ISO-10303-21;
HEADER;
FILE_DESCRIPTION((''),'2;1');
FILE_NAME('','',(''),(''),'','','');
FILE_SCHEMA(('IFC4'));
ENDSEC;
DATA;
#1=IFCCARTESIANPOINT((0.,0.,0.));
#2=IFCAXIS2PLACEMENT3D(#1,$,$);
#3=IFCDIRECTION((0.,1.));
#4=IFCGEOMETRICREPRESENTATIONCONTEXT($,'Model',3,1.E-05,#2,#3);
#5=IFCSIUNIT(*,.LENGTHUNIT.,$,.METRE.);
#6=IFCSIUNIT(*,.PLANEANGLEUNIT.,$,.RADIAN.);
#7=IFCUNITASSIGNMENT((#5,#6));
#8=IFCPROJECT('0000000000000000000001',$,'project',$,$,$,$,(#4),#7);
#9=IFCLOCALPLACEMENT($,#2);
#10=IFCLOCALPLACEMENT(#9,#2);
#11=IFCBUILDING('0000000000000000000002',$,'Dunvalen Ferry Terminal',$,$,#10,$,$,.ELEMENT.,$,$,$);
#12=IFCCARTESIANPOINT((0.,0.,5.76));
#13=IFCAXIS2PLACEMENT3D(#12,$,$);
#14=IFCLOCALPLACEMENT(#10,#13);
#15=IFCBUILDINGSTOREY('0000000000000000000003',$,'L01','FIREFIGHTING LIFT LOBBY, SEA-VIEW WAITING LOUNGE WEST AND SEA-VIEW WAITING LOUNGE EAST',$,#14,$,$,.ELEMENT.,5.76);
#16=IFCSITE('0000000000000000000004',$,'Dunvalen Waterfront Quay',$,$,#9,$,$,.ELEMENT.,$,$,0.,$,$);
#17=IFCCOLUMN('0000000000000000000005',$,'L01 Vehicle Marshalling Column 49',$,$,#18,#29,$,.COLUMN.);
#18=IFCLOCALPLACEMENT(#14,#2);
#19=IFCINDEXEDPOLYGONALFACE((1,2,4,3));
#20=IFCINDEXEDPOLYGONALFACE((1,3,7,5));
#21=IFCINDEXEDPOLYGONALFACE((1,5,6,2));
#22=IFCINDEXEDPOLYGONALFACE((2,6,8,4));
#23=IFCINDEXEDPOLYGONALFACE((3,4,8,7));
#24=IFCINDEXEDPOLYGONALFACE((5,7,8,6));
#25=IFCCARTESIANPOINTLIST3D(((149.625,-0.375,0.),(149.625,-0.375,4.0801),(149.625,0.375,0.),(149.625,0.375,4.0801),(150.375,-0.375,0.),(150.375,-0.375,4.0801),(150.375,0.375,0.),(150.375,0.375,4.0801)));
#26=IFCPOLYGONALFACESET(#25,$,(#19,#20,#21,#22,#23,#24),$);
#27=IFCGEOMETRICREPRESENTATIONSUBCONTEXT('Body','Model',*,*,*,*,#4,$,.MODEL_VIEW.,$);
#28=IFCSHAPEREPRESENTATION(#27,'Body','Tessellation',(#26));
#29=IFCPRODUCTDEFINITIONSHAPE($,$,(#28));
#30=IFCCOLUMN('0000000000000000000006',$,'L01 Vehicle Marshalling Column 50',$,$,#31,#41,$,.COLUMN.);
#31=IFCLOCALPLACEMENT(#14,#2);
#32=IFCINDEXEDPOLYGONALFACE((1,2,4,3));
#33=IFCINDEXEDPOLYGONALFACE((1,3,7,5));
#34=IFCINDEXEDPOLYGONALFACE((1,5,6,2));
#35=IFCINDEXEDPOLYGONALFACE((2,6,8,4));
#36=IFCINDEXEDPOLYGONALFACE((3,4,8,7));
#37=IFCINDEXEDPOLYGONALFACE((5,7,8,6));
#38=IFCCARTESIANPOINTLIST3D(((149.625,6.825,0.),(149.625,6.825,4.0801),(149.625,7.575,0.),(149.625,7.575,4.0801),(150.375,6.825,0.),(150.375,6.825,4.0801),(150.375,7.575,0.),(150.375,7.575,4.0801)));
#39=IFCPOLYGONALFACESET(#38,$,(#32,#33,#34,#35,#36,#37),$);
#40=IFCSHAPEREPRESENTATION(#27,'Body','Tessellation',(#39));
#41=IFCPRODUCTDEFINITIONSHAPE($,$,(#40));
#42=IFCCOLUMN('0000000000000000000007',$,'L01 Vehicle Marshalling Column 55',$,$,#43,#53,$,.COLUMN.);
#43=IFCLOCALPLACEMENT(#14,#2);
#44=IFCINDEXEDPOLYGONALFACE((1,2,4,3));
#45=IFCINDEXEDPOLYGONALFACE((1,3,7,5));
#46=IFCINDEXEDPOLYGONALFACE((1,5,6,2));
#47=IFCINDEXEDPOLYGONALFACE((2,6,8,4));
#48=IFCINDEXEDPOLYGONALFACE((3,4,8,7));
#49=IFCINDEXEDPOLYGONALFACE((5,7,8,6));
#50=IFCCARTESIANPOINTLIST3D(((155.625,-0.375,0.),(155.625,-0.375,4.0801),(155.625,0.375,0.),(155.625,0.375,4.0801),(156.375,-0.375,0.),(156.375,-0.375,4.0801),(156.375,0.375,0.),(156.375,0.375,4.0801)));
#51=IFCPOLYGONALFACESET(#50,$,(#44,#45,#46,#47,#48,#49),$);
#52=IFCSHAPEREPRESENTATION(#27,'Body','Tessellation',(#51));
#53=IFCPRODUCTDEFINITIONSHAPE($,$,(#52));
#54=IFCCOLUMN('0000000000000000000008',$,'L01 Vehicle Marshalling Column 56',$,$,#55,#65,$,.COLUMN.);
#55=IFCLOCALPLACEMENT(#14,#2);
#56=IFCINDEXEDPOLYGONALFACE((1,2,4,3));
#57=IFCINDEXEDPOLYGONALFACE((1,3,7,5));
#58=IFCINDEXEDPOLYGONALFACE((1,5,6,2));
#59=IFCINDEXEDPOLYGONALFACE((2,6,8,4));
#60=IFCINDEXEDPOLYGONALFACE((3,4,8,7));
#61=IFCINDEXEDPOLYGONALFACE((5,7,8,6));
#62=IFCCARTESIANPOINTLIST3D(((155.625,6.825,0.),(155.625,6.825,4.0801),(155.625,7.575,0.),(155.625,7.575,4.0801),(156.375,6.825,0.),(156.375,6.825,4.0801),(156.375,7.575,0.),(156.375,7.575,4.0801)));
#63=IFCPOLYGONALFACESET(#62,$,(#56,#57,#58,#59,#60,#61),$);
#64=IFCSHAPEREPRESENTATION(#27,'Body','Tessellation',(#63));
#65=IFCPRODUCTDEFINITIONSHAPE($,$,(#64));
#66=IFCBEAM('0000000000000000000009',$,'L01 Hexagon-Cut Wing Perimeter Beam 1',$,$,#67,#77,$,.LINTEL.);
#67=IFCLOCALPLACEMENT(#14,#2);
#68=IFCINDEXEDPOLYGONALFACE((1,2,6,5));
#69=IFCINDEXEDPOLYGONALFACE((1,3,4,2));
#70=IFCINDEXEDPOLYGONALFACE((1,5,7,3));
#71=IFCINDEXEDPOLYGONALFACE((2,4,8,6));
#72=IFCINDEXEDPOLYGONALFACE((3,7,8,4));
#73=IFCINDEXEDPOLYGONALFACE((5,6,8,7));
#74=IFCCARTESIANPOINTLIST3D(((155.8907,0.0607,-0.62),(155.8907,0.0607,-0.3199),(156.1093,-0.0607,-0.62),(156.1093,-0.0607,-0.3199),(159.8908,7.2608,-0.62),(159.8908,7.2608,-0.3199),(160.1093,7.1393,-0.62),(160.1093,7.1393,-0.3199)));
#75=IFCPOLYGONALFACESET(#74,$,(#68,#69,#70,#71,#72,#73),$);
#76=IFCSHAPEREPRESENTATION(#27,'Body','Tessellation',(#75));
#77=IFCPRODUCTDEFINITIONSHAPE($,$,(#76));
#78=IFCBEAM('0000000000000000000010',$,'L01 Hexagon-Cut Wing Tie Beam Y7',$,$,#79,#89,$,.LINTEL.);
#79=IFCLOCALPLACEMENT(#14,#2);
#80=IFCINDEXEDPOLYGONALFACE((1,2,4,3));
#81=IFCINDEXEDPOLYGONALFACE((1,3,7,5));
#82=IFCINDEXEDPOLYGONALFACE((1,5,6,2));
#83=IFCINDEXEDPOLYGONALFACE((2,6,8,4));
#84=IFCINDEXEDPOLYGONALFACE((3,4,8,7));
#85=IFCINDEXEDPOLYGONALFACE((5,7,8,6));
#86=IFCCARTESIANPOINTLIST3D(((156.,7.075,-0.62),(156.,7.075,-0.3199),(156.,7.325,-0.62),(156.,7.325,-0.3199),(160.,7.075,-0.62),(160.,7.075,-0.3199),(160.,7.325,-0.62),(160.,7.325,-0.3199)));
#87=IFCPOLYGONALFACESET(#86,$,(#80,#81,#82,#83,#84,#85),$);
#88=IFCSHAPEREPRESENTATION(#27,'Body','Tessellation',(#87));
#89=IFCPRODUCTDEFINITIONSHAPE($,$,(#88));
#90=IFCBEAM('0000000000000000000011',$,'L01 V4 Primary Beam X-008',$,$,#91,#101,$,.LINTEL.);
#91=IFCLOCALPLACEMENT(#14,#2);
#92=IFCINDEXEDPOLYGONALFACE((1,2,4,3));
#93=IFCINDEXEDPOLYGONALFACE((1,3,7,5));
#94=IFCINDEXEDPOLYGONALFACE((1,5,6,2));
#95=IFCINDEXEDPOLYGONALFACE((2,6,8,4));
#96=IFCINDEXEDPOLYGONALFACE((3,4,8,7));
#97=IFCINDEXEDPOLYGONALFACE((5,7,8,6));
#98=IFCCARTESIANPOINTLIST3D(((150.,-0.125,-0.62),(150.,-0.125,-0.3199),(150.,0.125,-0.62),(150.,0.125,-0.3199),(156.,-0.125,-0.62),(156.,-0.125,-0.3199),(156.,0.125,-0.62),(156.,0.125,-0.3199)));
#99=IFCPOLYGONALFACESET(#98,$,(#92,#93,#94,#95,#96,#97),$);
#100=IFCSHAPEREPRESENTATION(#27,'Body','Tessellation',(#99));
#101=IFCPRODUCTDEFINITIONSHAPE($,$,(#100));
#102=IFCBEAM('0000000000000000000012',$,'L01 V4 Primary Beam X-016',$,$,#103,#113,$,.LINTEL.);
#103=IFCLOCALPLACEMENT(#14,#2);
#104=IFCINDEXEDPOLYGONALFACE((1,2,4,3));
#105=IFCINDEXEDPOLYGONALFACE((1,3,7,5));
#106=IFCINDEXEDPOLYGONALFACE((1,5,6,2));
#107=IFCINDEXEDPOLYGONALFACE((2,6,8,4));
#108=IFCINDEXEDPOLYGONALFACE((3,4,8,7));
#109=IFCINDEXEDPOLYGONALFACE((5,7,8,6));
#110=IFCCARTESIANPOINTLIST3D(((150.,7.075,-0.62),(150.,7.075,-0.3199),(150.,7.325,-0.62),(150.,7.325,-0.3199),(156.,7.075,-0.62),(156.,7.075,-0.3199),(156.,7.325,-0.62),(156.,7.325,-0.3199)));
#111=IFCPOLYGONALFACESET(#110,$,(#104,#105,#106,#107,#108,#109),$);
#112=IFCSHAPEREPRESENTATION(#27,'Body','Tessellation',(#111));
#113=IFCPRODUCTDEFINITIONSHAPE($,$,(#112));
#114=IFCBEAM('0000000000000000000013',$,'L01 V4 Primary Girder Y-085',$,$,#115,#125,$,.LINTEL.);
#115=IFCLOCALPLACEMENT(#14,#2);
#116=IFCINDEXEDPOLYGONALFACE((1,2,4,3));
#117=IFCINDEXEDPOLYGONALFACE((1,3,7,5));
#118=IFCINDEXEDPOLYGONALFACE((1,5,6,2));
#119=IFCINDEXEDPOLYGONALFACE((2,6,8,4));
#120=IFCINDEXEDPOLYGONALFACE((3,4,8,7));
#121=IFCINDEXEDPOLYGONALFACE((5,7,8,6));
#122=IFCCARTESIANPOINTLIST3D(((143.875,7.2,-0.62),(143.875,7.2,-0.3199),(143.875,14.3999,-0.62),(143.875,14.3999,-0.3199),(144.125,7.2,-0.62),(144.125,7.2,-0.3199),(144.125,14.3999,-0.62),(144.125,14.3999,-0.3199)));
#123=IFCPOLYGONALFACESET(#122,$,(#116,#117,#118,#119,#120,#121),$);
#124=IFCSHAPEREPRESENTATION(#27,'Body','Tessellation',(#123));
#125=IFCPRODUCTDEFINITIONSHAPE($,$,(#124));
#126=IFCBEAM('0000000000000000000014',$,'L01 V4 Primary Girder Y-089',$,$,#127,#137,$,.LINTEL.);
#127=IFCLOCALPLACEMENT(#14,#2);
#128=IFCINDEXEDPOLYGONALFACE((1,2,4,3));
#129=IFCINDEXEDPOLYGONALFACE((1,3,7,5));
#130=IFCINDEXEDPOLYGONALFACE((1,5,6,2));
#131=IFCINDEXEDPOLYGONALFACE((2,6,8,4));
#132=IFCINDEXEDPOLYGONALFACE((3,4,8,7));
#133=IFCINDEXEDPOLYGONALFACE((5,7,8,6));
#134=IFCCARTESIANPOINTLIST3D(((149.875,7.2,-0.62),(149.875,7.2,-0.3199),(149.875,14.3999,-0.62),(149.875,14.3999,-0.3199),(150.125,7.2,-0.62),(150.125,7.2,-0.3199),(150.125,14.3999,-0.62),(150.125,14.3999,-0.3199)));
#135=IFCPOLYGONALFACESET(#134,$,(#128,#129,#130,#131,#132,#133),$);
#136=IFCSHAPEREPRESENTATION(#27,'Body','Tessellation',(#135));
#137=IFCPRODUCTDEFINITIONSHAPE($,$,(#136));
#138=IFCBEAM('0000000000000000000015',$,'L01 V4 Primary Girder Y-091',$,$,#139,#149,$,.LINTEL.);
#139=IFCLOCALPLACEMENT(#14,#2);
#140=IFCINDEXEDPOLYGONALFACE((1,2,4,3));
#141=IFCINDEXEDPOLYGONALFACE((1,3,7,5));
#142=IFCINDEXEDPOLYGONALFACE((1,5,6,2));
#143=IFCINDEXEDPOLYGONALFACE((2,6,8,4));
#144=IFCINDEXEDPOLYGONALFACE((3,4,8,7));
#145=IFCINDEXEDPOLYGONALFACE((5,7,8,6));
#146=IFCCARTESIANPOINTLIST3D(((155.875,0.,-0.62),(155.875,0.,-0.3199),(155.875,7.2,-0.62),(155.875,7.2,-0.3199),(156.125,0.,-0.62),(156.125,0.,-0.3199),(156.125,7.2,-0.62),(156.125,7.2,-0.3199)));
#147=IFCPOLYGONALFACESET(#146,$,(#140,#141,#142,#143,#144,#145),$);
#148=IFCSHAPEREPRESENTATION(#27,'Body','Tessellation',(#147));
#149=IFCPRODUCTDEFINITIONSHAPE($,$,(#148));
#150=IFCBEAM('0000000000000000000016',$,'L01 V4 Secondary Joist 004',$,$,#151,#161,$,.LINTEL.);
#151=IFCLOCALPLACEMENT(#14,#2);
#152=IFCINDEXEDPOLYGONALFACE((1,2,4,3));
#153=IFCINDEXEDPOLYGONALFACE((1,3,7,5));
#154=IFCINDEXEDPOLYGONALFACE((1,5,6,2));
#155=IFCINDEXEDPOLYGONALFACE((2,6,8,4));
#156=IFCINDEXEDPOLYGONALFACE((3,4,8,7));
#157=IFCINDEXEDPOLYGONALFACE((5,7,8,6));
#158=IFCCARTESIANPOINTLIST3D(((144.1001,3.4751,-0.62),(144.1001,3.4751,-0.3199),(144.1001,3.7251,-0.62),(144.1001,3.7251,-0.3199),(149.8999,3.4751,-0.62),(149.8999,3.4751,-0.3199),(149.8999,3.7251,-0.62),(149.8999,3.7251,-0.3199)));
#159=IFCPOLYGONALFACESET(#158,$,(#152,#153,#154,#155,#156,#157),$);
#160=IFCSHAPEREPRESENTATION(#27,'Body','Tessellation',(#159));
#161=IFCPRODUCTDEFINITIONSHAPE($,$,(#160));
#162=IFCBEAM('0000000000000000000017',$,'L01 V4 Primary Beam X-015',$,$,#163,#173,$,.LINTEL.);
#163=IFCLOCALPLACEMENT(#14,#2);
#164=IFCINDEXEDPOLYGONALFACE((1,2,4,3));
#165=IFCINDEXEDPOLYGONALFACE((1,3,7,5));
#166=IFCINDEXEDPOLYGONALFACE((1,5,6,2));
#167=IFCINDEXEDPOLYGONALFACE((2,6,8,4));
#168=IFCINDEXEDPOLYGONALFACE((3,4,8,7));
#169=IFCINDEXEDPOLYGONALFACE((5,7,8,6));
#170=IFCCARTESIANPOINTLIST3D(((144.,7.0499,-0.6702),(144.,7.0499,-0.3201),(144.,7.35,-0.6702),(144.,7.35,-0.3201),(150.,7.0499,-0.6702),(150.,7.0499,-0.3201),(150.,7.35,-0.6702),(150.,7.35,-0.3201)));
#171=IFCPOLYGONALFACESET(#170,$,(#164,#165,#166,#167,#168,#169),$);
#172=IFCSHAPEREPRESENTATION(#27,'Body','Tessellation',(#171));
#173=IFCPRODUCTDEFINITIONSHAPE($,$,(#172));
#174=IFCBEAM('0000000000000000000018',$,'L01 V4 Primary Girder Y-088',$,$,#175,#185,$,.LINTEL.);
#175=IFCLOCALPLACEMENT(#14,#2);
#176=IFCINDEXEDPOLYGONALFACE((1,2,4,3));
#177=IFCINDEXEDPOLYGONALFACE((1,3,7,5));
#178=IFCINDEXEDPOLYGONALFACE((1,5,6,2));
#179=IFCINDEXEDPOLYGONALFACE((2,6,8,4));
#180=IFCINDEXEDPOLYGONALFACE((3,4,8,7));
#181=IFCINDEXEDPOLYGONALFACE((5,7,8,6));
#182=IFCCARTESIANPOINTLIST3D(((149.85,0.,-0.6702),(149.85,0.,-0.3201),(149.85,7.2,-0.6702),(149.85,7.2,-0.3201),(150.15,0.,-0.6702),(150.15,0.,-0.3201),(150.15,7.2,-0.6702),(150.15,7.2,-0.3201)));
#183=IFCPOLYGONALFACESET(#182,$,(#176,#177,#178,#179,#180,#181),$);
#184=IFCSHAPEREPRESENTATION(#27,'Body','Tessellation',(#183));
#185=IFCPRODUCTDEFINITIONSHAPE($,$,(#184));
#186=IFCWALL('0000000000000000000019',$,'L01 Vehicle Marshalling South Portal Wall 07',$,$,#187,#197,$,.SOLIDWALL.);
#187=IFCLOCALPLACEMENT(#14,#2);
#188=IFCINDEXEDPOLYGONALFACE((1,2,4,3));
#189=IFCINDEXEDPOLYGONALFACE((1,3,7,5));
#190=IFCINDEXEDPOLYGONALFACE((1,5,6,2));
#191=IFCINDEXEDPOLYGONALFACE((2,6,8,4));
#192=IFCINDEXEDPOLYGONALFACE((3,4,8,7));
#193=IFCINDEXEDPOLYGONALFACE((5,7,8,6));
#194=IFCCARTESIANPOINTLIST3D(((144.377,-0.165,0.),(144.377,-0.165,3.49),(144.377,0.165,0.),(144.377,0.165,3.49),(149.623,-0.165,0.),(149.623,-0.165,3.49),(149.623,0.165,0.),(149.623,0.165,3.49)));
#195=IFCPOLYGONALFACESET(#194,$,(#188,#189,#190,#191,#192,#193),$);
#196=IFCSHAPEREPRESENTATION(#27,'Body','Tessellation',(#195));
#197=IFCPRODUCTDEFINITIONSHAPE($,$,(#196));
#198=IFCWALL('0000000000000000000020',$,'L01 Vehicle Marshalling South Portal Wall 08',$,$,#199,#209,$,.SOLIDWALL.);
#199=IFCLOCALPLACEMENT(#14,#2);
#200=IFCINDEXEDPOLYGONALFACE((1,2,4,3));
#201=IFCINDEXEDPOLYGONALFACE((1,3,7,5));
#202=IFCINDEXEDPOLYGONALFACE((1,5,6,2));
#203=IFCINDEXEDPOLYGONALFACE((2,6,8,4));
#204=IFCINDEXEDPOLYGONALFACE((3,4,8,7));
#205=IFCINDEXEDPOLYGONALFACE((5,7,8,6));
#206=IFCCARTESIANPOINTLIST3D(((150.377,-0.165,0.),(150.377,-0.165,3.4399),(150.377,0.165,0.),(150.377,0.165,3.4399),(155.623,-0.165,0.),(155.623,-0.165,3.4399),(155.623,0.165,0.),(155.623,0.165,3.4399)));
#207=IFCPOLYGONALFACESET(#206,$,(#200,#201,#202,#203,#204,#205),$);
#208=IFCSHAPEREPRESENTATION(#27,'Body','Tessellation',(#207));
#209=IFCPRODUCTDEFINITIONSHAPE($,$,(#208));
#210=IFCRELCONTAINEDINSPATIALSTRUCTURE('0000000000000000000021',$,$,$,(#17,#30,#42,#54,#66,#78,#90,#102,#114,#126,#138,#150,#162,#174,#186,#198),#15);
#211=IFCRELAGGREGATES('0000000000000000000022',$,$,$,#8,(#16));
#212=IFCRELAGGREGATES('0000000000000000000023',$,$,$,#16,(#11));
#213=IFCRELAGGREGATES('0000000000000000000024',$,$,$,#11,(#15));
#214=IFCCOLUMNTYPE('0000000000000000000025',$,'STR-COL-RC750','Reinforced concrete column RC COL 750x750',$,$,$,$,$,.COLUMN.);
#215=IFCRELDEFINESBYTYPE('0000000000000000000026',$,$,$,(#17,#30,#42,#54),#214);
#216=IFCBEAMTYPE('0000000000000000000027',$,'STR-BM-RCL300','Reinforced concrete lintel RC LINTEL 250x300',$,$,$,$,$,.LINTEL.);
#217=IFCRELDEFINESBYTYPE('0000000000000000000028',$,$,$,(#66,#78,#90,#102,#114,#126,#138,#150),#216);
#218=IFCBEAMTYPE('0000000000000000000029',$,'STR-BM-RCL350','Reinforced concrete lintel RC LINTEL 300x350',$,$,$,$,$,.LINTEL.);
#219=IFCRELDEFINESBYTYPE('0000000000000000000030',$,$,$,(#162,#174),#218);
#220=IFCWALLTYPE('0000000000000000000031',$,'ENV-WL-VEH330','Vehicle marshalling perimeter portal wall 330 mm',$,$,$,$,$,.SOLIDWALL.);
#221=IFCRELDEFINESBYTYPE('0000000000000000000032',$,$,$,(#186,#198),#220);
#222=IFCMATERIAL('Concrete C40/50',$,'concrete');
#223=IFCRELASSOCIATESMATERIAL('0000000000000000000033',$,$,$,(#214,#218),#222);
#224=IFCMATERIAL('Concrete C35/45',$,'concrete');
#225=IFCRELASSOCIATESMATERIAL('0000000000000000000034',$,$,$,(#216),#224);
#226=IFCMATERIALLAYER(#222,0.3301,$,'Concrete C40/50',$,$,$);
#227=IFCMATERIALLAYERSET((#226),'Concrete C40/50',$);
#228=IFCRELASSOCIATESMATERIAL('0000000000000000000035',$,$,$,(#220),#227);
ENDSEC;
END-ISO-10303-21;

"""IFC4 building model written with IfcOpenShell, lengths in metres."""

from ifc_helpers import new_model, si_unit, direction, frame, frame_2d, origin, origin_2d, place, context, subcontext, project, spatial, rectangle, extrude, material, layer, layer_set, material_profile, profile_set, type_object, element, save


model = new_model("IFC4")

# Units and contexts
model_context = context("Model", 3, precision=1e-05, world=origin(), true_north=direction((0.0, 1.0)))
body_context = subcontext(model_context, "Body", "Model", "MODEL_VIEW")
ifc_project = project(units=[si_unit("LENGTHUNIT", "METRE"), si_unit("PLANEANGLEUNIT", "RADIAN")], contexts=[model_context])

# Site, building, storey
site_placement = place(None, origin())
site = spatial("IfcSite", under=ifc_project, at=site_placement, Name="Dunvalen Waterfront Quay", CompositionType="ELEMENT", RefElevation=0.0)
building_placement = place(site_placement, origin())
building = spatial("IfcBuilding", under=site, at=building_placement, Name="Dunvalen Ferry Terminal", CompositionType="ELEMENT")
storey_placement = place(building_placement, frame((0.0, 0.0, 5.76)))
storey = spatial("IfcBuildingStorey", under=building, at=storey_placement, Name="L01", Description="FIREFIGHTING LIFT LOBBY, SEA-VIEW WAITING LOUNGE WEST AND SEA-VIEW WAITING LOUNGE EAST", CompositionType="ELEMENT", Elevation=5.76)

# Columns
ifc_material_1 = material(Name="Concrete C40/50", Category="concrete")
ifc_material_profile_1 = material_profile(ifc_material_1, rectangle(XDim=0.75, YDim=0.75, at=origin_2d()), Name="Concrete C40/50")
ifc_profile_set_1 = profile_set([ifc_material_profile_1], Name="Concrete C40/50")
column_type = type_object("IfcColumnType", Name="STR-COL-RC750", Description="Reinforced concrete column RC COL 750x750", PredefinedType="COLUMN", material=ifc_profile_set_1)
for number, where, z_axis, x_axis, name in (
    (1, (150.0, 0.0, 0.0), (0.0, 0.0, 1.0), (1.0, 0.0, 0.0), "L01 Vehicle Marshalling Column 49"),
    (2, (150.0, 7.2, 0.0), (0.0, 0.0, 1.0), (1.0, 0.0, 0.0), "L01 Vehicle Marshalling Column 50"),
    (3, (156.0, 0.0, 0.0), (0.0, 0.0, 1.0), (1.0, 0.0, 0.0), "L01 Vehicle Marshalling Column 55"),
    (4, (156.0, 7.2, 0.0), (0.0, 0.0, 1.0), (1.0, 0.0, 0.0), "L01 Vehicle Marshalling Column 56"),
):
    element("IfcColumn", number, at=place(storey_placement, frame(where, z_axis=z_axis, x_axis=x_axis)), inside=storey, type_object=column_type, Name=name, PredefinedType="COLUMN", context=body_context, shape_type="SweptSolid", body=[
        extrude(rectangle(XDim=0.75, YDim=0.75, at=origin_2d()), origin(), (0.0, 0.0, 1.0), 4.0801),
    ])

# Beams
ifc_material_2 = material(Name="Concrete C35/45", Category="concrete")
ifc_material_profile_2 = material_profile(ifc_material_2, rectangle(XDim=0.25, YDim=0.3, at=origin_2d()), Name="Concrete C35/45")
ifc_profile_set_2 = profile_set([ifc_material_profile_2], Name="Concrete C35/45")
beam_type_1 = type_object("IfcBeamType", Name="STR-BM-RCL300", Description="Reinforced concrete lintel RC LINTEL 250x300", PredefinedType="LINTEL", material=ifc_profile_set_2)
beam_1_placement = place(storey_placement, frame((156.0, 0.0, -0.47), z_axis=(0.485645, 0.874156, 0.0), x_axis=(-0.874156, 0.485645, 0.0)))
element("IfcBeam", 5, at=beam_1_placement, inside=storey, type_object=beam_type_1, Name="L01 Hexagon-Cut Wing Perimeter Beam 1", PredefinedType="LINTEL", context=body_context, shape_type="SweptSolid", body=[
    extrude(rectangle(XDim=0.25, YDim=0.3, at=origin_2d()), origin(), (0.0, 0.0, 1.0), 8.2366),
])
beam_2_placement = place(storey_placement, frame((156.0, 7.2, -0.47), z_axis=(1.0, 0.0, 0.0), x_axis=(0.0, 1.0, 0.0)))
element("IfcBeam", 6, at=beam_2_placement, inside=storey, type_object=beam_type_1, Name="L01 Hexagon-Cut Wing Tie Beam Y7", PredefinedType="LINTEL", context=body_context, shape_type="SweptSolid", body=[
    extrude(rectangle(XDim=0.25, YDim=0.3, at=origin_2d()), origin(), (0.0, 0.0, 1.0), 4.0),
])
for number, where, z_axis, x_axis, name in (
    (7, (150.0, 0.0, -0.47), (1.0, 0.0, 0.0), (0.0, 1.0, 0.0), "L01 V4 Primary Beam X-008"),
    (8, (150.0, 7.2, -0.47), (1.0, 0.0, 0.0), (0.0, 1.0, 0.0), "L01 V4 Primary Beam X-016"),
):
    element("IfcBeam", number, at=place(storey_placement, frame(where, z_axis=z_axis, x_axis=x_axis)), inside=storey, type_object=beam_type_1, Name=name, PredefinedType="LINTEL", context=body_context, shape_type="SweptSolid", body=[
        extrude(rectangle(XDim=0.25, YDim=0.3, at=origin_2d()), origin(), (0.0, 0.0, 1.0), 6.0),
    ])
for number, where, z_axis, x_axis, name in (
    (9, (144.0, 7.2, -0.47), (0.0, 1.0, 0.0), (-1.0, 0.0, 0.0), "L01 V4 Primary Girder Y-085"),
    (10, (150.0, 7.2, -0.47), (0.0, 1.0, 0.0), (-1.0, 0.0, 0.0), "L01 V4 Primary Girder Y-089"),
    (11, (156.0, 0.0, -0.47), (0.0, 1.0, 0.0), (-1.0, 0.0, 0.0), "L01 V4 Primary Girder Y-091"),
):
    element("IfcBeam", number, at=place(storey_placement, frame(where, z_axis=z_axis, x_axis=x_axis)), inside=storey, type_object=beam_type_1, Name=name, PredefinedType="LINTEL", context=body_context, shape_type="SweptSolid", body=[
        extrude(rectangle(XDim=0.25, YDim=0.3, at=origin_2d()), origin(), (0.0, 0.0, 1.0), 7.2),
    ])
beam_3_placement = place(storey_placement, frame((144.1001, 3.6001, -0.47), z_axis=(1.0, 0.0, 0.0), x_axis=(0.0, 1.0, 0.0)))
element("IfcBeam", 12, at=beam_3_placement, inside=storey, type_object=beam_type_1, Name="L01 V4 Secondary Joist 004", PredefinedType="LINTEL", context=body_context, shape_type="SweptSolid", body=[
    extrude(rectangle(XDim=0.25, YDim=0.3, at=origin_2d()), origin(), (0.0, 0.0, 1.0), 5.7998),
])
ifc_material_profile_3 = material_profile(ifc_material_1, rectangle(XDim=0.3, YDim=0.3501, at=origin_2d()), Name="Concrete C40/50")
ifc_profile_set_3 = profile_set([ifc_material_profile_3], Name="Concrete C40/50")
beam_type_2 = type_object("IfcBeamType", Name="STR-BM-RCL350", Description="Reinforced concrete lintel RC LINTEL 300x350", PredefinedType="LINTEL", material=ifc_profile_set_3)
beam_4_placement = place(storey_placement, frame((144.0, 7.2, -0.4951), z_axis=(1.0, 0.0, 0.0), x_axis=(0.0, 1.0, 0.0)))
element("IfcBeam", 13, at=beam_4_placement, inside=storey, type_object=beam_type_2, Name="L01 V4 Primary Beam X-015", PredefinedType="LINTEL", context=body_context, shape_type="SweptSolid", body=[
    extrude(rectangle(XDim=0.3, YDim=0.3501, at=origin_2d()), origin(), (0.0, 0.0, 1.0), 6.0),
])
beam_5_placement = place(storey_placement, frame((150.0, 0.0, -0.4951), z_axis=(0.0, 1.0, 0.0), x_axis=(-1.0, 0.0, 0.0)))
element("IfcBeam", 14, at=beam_5_placement, inside=storey, type_object=beam_type_2, Name="L01 V4 Primary Girder Y-088", PredefinedType="LINTEL", context=body_context, shape_type="SweptSolid", body=[
    extrude(rectangle(XDim=0.3, YDim=0.3501, at=origin_2d()), origin(), (0.0, 0.0, 1.0), 7.2),
])

# Walls
ifc_layer_1 = layer(ifc_material_1, 0.3301, Name="Concrete C40/50")
ifc_layer_set_1 = layer_set([ifc_layer_1], Name="Concrete C40/50")
wall_type = type_object("IfcWallType", Name="ENV-WL-VEH330", Description="Vehicle marshalling perimeter portal wall 330 mm", PredefinedType="SOLIDWALL", material=ifc_layer_set_1)
wall_1_placement = place(storey_placement, frame((144.377, 0.0, 0.0), z_axis=(0.0, 0.0, 1.0), x_axis=(1.0, 0.0, 0.0)))
element("IfcWall", 15, at=wall_1_placement, inside=storey, type_object=wall_type, Name="L01 Vehicle Marshalling South Portal Wall 07", PredefinedType="SOLIDWALL", context=body_context, shape_type="SweptSolid", body=[
    extrude(rectangle(XDim=5.2461, YDim=0.3301, at=frame_2d((2.623, 0.0))), origin(), (0.0, 0.0, 1.0), 3.49),
])
wall_2_placement = place(storey_placement, frame((150.377, 0.0, 0.0), z_axis=(0.0, 0.0, 1.0), x_axis=(1.0, 0.0, 0.0)))
element("IfcWall", 16, at=wall_2_placement, inside=storey, type_object=wall_type, Name="L01 Vehicle Marshalling South Portal Wall 08", PredefinedType="SOLIDWALL", context=body_context, shape_type="SweptSolid", body=[
    extrude(rectangle(XDim=5.2461, YDim=0.3301, at=frame_2d((2.623, 0.0))), origin(), (0.0, 0.0, 1.0), 3.4399),
])

save(model, "model.ifc")
